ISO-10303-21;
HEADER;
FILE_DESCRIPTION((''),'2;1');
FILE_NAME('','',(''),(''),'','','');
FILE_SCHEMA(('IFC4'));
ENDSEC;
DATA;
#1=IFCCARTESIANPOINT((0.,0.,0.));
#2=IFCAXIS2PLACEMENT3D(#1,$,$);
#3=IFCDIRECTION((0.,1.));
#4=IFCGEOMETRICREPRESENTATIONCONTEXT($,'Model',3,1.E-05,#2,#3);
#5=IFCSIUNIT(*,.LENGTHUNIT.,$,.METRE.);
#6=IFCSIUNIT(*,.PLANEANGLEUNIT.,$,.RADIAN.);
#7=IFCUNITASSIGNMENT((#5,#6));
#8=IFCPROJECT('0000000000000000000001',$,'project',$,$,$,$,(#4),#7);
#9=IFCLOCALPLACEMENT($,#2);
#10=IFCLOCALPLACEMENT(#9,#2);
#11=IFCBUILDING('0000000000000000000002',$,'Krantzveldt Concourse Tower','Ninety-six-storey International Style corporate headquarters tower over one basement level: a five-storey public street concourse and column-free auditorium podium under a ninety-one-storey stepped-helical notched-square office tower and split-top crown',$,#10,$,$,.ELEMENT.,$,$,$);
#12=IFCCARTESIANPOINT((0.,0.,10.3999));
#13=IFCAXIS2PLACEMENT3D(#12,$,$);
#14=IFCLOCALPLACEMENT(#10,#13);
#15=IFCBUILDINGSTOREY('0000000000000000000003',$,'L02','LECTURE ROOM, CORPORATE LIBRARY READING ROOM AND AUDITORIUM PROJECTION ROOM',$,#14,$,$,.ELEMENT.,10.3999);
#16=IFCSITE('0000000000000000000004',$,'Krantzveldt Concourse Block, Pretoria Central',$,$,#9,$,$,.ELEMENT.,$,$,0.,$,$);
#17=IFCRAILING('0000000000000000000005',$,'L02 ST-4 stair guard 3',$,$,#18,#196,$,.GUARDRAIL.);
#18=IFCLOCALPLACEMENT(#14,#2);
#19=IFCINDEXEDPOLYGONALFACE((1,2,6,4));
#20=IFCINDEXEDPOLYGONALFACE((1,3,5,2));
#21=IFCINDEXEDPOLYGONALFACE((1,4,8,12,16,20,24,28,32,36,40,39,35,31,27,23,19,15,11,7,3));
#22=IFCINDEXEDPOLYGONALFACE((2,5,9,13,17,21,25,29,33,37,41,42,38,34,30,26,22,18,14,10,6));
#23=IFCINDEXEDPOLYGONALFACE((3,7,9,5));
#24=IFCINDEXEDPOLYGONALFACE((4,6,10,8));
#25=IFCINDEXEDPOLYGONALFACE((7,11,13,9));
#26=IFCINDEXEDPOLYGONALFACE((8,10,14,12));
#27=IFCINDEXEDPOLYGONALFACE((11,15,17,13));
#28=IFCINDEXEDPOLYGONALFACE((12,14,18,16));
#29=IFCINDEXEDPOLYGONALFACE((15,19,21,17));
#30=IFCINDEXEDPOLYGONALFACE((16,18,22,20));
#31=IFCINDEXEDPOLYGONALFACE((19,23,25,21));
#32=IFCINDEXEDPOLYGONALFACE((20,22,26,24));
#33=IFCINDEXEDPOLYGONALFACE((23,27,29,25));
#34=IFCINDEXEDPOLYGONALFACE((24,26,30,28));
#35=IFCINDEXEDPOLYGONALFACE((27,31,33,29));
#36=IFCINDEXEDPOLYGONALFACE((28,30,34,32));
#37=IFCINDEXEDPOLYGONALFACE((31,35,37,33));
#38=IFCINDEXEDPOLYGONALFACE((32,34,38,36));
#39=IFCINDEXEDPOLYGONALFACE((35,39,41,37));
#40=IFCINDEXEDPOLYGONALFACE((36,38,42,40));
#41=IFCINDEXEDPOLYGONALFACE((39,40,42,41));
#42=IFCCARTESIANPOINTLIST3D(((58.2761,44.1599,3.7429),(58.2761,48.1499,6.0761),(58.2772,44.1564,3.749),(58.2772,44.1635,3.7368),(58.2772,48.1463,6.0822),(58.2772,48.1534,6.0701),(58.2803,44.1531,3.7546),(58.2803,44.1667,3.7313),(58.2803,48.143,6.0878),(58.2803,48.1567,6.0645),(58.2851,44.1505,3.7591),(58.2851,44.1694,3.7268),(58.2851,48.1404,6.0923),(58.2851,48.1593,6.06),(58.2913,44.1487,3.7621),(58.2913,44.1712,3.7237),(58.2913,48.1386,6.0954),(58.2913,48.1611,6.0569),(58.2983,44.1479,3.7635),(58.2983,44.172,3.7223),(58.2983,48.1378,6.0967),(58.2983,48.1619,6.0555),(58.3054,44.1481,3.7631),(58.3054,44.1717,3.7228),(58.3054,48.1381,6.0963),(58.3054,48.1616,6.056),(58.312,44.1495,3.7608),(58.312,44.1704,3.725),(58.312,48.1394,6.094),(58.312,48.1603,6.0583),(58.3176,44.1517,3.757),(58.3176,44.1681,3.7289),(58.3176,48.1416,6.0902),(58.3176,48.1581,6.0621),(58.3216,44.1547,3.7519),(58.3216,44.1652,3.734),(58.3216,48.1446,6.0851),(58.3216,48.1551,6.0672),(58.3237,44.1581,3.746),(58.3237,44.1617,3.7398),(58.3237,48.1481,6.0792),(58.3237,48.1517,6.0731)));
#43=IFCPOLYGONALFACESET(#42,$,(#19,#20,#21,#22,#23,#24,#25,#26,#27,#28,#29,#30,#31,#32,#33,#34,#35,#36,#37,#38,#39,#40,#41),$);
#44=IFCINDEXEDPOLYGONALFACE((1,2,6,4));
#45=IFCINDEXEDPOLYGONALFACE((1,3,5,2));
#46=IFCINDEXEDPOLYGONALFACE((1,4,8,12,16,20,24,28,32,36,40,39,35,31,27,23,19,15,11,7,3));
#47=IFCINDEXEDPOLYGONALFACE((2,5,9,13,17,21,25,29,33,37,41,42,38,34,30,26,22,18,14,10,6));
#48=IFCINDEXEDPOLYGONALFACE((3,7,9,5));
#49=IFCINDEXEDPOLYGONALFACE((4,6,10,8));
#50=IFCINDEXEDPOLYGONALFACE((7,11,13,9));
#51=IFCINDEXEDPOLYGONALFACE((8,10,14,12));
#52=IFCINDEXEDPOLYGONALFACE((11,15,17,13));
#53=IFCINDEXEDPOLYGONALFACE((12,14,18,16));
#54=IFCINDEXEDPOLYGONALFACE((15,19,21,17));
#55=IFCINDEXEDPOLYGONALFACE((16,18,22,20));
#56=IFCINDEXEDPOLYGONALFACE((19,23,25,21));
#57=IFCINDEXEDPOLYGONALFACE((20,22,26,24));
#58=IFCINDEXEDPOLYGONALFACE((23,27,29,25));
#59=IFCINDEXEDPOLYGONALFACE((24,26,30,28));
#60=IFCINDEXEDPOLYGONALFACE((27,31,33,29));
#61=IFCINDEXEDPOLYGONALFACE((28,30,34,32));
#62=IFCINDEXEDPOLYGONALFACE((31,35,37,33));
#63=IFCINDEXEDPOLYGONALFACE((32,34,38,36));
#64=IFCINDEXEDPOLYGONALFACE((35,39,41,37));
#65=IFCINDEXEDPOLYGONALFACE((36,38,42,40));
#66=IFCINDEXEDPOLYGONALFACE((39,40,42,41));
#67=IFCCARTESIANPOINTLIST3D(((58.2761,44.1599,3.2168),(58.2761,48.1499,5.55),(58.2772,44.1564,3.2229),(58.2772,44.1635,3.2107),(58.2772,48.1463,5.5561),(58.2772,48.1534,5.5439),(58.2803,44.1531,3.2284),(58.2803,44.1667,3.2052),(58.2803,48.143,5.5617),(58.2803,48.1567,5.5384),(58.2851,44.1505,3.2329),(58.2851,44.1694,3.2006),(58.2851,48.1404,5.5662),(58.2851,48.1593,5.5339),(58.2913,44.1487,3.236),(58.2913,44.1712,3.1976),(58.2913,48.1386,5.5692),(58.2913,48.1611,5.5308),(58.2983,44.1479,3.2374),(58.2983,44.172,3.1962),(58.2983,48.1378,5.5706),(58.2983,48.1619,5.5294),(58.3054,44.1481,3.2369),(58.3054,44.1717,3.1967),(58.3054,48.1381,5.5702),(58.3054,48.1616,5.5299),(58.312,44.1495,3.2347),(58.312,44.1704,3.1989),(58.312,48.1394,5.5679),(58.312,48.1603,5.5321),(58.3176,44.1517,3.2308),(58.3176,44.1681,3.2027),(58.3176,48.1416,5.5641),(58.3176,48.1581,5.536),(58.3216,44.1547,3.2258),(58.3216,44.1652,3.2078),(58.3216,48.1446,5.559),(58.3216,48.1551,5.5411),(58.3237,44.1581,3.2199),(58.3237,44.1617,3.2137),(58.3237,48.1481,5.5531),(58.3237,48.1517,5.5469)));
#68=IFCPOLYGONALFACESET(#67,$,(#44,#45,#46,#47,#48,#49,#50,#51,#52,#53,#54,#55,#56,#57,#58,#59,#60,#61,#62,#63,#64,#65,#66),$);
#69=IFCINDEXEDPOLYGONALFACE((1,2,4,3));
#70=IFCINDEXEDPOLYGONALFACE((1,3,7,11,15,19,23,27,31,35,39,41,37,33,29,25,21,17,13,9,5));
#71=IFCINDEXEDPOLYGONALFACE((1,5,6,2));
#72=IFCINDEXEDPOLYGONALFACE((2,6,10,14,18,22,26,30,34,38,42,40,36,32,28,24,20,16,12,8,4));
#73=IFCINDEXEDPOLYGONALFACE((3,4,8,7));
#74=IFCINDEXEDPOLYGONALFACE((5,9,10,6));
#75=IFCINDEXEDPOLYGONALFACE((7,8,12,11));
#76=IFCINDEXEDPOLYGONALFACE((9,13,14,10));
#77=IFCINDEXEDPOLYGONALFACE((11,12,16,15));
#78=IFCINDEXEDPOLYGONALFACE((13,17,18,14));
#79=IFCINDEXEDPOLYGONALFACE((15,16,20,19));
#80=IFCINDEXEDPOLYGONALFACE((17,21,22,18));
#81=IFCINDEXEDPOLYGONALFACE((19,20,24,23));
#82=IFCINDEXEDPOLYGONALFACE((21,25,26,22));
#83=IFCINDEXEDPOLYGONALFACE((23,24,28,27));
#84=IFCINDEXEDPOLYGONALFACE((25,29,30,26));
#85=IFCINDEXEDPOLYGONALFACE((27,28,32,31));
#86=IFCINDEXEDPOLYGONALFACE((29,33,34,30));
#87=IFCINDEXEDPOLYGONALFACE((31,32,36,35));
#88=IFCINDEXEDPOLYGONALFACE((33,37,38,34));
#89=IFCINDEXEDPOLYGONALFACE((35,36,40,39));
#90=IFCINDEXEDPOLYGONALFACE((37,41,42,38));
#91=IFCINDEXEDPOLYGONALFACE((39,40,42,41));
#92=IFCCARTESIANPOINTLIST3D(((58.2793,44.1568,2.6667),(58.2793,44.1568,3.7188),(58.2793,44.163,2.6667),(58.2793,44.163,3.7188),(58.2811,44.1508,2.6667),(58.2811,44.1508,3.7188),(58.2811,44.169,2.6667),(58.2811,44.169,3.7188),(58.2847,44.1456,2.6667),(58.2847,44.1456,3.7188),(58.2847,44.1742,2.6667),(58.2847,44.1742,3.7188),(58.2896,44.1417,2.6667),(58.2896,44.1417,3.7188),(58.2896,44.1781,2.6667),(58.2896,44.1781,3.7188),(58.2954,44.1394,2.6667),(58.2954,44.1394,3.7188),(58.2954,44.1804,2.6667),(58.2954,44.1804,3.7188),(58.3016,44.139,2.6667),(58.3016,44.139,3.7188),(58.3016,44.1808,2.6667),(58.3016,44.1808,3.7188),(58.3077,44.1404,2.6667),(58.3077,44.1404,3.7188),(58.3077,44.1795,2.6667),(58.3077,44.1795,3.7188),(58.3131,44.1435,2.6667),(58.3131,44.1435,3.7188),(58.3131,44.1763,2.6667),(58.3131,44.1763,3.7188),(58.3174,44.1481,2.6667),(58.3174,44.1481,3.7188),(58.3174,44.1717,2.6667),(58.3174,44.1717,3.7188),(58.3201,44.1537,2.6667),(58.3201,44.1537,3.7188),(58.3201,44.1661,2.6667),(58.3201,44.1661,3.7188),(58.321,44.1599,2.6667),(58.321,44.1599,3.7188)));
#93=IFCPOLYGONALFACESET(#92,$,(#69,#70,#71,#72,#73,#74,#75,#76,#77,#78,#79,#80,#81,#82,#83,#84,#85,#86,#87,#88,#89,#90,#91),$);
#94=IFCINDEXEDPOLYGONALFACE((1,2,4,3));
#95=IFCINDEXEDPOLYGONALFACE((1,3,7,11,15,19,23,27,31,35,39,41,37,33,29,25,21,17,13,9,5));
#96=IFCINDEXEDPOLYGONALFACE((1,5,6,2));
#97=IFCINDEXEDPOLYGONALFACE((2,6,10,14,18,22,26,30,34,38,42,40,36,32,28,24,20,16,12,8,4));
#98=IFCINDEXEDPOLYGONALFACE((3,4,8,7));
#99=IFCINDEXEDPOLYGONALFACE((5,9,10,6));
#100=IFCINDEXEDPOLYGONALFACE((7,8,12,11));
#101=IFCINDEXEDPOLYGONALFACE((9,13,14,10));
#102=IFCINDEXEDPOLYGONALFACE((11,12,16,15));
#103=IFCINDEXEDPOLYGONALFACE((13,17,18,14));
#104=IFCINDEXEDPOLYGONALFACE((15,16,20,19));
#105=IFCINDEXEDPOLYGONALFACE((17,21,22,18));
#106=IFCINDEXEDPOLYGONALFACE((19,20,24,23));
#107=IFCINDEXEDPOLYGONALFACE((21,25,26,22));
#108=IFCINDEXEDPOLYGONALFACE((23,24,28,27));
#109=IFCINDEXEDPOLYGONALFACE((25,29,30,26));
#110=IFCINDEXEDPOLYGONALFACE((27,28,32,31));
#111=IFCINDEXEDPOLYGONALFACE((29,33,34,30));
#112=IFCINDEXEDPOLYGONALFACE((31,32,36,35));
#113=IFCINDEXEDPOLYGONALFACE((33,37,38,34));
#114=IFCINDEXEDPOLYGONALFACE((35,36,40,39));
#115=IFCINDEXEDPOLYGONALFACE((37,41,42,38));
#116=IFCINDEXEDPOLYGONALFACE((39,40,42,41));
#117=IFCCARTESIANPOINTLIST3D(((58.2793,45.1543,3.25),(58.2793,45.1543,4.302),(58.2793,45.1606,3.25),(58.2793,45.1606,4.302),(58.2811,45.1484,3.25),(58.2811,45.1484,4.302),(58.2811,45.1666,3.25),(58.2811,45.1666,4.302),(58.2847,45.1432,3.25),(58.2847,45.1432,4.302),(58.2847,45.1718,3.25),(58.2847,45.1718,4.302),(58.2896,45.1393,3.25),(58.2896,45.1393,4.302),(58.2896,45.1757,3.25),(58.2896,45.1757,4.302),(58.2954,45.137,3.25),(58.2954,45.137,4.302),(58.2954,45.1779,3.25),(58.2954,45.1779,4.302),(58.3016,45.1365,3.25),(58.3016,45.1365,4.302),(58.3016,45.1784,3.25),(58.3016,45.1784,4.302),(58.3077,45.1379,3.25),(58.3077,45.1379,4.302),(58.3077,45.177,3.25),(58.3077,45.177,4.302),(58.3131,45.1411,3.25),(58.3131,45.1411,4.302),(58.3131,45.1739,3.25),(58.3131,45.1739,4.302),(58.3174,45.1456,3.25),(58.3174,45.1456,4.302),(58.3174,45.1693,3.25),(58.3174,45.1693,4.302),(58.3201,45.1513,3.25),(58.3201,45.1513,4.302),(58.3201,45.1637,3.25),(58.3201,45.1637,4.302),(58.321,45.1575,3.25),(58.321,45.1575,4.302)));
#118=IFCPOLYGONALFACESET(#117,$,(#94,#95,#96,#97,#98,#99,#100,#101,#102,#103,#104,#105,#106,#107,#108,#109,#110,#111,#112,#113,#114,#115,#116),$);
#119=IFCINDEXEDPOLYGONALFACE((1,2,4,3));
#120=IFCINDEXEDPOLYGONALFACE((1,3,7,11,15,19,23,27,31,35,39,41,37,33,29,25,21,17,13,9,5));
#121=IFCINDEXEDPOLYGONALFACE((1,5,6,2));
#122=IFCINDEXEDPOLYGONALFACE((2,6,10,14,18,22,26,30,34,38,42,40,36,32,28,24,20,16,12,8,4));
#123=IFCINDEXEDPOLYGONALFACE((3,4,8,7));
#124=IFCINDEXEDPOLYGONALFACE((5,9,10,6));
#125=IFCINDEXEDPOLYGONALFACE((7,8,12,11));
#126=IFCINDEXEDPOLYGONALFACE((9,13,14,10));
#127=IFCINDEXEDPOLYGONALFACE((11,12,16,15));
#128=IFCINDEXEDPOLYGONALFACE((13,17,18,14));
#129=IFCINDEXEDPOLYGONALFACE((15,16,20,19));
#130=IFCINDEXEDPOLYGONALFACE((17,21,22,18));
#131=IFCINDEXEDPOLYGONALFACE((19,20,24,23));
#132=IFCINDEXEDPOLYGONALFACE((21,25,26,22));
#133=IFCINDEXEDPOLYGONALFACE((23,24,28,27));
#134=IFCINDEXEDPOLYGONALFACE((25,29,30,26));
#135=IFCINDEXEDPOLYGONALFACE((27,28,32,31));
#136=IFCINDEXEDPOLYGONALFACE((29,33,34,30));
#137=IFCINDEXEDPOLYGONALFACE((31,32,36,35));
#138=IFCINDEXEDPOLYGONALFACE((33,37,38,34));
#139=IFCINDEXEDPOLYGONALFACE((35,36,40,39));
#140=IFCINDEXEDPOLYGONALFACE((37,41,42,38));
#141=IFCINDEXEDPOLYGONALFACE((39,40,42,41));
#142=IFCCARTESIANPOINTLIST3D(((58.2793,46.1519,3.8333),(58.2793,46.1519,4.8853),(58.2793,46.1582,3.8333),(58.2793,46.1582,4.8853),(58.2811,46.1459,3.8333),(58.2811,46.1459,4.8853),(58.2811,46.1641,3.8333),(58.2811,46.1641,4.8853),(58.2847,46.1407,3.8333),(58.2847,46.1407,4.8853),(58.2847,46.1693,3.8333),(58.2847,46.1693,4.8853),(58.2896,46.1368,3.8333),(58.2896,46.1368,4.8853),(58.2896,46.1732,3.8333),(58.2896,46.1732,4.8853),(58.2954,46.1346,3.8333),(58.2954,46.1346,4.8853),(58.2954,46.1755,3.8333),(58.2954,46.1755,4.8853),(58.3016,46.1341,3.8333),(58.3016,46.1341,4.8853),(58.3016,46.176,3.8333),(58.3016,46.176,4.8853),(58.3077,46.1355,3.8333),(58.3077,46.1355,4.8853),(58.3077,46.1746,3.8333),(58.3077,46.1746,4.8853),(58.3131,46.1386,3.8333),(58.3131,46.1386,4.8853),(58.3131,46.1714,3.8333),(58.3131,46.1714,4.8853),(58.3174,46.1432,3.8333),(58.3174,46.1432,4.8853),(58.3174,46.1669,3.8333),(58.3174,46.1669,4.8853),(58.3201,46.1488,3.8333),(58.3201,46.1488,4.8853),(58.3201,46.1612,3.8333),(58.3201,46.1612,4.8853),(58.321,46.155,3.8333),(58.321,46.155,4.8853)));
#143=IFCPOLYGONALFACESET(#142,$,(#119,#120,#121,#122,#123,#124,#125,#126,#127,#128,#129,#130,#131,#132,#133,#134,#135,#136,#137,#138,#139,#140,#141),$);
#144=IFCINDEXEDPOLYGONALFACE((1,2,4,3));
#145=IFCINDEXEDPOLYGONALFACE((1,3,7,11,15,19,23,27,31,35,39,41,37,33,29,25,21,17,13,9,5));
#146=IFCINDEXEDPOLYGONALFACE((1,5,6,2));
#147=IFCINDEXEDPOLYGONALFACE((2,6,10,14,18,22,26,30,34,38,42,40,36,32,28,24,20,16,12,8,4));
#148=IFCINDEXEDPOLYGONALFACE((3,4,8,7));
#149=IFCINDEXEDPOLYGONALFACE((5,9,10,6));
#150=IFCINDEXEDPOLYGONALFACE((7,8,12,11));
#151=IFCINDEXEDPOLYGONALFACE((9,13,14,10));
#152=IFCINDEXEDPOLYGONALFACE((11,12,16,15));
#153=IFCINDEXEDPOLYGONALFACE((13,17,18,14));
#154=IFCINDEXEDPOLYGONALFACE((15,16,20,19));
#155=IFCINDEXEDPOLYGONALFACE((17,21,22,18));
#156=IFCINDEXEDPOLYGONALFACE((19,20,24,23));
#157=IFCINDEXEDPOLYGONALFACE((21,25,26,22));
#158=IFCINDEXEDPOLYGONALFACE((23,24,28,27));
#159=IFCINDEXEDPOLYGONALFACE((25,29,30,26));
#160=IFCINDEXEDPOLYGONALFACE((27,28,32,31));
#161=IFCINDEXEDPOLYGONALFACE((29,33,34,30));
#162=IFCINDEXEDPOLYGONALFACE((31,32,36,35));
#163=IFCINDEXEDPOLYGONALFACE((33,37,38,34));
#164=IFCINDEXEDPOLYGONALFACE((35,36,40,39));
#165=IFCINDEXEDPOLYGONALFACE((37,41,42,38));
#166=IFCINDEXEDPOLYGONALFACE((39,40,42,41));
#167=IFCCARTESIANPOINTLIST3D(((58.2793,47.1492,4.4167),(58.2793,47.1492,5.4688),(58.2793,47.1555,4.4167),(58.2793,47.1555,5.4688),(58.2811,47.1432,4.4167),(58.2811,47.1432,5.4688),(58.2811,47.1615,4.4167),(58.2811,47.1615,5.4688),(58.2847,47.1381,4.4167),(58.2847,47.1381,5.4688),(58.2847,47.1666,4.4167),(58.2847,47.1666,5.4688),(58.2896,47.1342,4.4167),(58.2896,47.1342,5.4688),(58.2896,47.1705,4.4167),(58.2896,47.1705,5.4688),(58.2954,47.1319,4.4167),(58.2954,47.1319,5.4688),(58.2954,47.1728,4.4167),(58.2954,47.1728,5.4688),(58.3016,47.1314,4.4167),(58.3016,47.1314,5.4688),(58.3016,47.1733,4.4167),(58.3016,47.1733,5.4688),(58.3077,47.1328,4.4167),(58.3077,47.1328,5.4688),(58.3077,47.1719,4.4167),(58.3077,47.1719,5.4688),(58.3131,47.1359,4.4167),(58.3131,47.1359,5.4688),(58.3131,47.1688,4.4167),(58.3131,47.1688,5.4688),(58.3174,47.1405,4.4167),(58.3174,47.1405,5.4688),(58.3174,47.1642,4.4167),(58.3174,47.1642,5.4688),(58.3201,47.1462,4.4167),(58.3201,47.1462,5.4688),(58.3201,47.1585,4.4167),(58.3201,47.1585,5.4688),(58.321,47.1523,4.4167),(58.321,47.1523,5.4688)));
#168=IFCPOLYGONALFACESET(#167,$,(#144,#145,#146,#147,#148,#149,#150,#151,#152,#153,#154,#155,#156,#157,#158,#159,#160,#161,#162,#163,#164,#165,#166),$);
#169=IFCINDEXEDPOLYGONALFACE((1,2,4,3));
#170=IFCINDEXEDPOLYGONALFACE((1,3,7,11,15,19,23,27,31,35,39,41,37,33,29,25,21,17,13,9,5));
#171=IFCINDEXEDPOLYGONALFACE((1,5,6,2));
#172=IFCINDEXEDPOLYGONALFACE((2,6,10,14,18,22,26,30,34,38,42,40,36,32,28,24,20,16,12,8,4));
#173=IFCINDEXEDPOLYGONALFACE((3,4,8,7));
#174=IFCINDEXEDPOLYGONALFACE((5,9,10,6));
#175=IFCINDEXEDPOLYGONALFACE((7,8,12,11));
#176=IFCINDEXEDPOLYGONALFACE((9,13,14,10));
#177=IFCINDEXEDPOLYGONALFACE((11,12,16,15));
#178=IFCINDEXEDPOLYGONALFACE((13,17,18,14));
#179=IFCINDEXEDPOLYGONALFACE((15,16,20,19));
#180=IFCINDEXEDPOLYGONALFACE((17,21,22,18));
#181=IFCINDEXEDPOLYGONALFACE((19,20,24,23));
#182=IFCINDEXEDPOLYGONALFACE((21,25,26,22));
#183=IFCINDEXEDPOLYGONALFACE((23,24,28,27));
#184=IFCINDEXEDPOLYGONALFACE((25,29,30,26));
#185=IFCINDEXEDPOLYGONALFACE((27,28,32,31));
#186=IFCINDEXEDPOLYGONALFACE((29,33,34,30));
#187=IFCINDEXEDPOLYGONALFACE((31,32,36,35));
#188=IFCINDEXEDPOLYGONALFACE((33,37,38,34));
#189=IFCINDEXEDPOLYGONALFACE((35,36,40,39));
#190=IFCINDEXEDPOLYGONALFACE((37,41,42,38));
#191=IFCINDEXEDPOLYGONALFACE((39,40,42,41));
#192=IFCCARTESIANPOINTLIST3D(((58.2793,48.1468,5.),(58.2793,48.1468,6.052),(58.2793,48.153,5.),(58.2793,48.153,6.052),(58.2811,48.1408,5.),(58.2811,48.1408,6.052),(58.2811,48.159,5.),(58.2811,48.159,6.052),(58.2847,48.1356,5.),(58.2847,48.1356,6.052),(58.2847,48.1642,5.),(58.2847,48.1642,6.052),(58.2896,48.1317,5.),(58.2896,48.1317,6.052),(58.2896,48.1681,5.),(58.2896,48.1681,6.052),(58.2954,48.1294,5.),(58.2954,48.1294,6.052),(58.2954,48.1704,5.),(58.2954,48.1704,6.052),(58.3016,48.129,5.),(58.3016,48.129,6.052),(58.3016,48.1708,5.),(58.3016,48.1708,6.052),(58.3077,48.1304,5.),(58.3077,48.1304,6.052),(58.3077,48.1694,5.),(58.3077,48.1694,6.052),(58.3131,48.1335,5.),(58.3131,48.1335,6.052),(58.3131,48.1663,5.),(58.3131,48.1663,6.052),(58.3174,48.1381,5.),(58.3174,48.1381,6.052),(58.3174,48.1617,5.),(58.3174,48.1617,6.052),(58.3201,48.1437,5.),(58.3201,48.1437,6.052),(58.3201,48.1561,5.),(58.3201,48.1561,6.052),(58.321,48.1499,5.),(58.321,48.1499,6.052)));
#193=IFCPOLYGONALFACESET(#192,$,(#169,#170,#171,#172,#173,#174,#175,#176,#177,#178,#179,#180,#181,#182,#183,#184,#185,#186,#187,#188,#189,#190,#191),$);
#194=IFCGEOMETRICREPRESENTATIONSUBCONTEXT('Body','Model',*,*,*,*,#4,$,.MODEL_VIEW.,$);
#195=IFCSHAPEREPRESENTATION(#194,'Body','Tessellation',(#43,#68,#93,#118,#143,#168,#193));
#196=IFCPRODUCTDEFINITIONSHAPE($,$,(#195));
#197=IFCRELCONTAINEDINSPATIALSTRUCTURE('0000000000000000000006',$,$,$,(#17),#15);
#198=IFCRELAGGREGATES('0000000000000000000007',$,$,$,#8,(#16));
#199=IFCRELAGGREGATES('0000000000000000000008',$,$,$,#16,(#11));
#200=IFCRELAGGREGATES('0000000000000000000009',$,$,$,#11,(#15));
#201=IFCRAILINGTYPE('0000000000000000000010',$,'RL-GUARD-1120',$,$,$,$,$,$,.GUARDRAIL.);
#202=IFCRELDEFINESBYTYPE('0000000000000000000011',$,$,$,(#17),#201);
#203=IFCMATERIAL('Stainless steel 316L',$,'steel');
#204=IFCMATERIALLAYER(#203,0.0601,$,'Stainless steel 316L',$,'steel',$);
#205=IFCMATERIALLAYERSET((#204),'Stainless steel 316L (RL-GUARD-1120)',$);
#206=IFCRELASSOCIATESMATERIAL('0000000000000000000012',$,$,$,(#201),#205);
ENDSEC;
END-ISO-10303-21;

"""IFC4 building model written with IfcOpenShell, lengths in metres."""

from ifc_helpers import new_model, si_unit, direction, frame, origin, origin_2d, place, context, subcontext, project, spatial, circle, extrude, material, layer, layer_set, type_object, element, save


model = new_model("IFC4")

# Units and contexts
model_context = context("Model", 3, precision=1e-05, world=origin(), true_north=direction((0.0, 1.0)))
body_context = subcontext(model_context, "Body", "Model", "MODEL_VIEW")
ifc_project = project(units=[si_unit("LENGTHUNIT", "METRE"), si_unit("PLANEANGLEUNIT", "RADIAN")], contexts=[model_context])

# Site, building, storey
site_placement = place(None, origin())
site = spatial("IfcSite", under=ifc_project, at=site_placement, Name="Krantzveldt Concourse Block, Pretoria Central", CompositionType="ELEMENT", RefElevation=0.0)
building_placement = place(site_placement, origin())
building = spatial("IfcBuilding", under=site, at=building_placement, Name="Krantzveldt Concourse Tower", Description="Ninety-six-storey International Style corporate headquarters tower over one basement level: a five-storey public street concourse and column-free auditorium podium under a ninety-one-storey stepped-helical notched-square office tower and split-top crown", CompositionType="ELEMENT")
storey_placement = place(building_placement, frame((0.0, 0.0, 10.3999)))
storey = spatial("IfcBuildingStorey", under=building, at=storey_placement, Name="L02", Description="LECTURE ROOM, CORPORATE LIBRARY READING ROOM AND AUDITORIUM PROJECTION ROOM", CompositionType="ELEMENT", Elevation=10.3999)

# Railing
ifc_material_1 = material(Name="Stainless steel 316L", Category="steel")
ifc_layer_1 = layer(ifc_material_1, 0.0601, Name="Stainless steel 316L", Category="steel")
ifc_layer_set_1 = layer_set([ifc_layer_1], Name="Stainless steel 316L (RL-GUARD-1120)")
railing_type_1 = type_object("IfcRailingType", Name="RL-GUARD-1120", PredefinedType="GUARDRAIL", material=ifc_layer_set_1)
railing_1_placement = place(storey_placement, frame((58.3, 44.1599, 2.6667)))
element("IfcRailing", 1, at=railing_1_placement, inside=storey, type_object=railing_type_1, Name="L02 ST-4 stair guard 3", PredefinedType="GUARDRAIL", context=body_context, shape_type="SweptSolid", body=[
    extrude(circle(Radius=0.0239, at=origin_2d()), frame((0.0, 0.0, 1.0762), z_axis=(0.0, 0.863236, 0.5048), x_axis=(-1.0, 0.0, 0.0)), (0.0, 0.0, 1.0), 4.6221),
    extrude(circle(Radius=0.0239, at=origin_2d()), frame((0.0, 0.0, 0.55), z_axis=(0.0, 0.863236, 0.5048), x_axis=(-1.0, 0.0, 0.0)), (0.0, 0.0, 1.0), 4.6221),
    extrude(circle(Radius=0.021, at=origin_2d()), origin(), (0.0, 0.0, 1.0), 1.052),
    extrude(circle(Radius=0.021, at=origin_2d()), frame((0.0, 0.9976, 0.5833)), (0.0, 0.0, 1.0), 1.052),
    extrude(circle(Radius=0.021, at=origin_2d()), frame((0.0, 1.9951, 1.1665)), (0.0, 0.0, 1.0), 1.052),
    extrude(circle(Radius=0.021, at=origin_2d()), frame((0.0, 2.9924, 1.75)), (0.0, 0.0, 1.0), 1.052),
    extrude(circle(Radius=0.021, at=origin_2d()), frame((0.0, 3.99, 2.3333)), (0.0, 0.0, 1.0), 1.052),
])

save(model, "model.ifc")
